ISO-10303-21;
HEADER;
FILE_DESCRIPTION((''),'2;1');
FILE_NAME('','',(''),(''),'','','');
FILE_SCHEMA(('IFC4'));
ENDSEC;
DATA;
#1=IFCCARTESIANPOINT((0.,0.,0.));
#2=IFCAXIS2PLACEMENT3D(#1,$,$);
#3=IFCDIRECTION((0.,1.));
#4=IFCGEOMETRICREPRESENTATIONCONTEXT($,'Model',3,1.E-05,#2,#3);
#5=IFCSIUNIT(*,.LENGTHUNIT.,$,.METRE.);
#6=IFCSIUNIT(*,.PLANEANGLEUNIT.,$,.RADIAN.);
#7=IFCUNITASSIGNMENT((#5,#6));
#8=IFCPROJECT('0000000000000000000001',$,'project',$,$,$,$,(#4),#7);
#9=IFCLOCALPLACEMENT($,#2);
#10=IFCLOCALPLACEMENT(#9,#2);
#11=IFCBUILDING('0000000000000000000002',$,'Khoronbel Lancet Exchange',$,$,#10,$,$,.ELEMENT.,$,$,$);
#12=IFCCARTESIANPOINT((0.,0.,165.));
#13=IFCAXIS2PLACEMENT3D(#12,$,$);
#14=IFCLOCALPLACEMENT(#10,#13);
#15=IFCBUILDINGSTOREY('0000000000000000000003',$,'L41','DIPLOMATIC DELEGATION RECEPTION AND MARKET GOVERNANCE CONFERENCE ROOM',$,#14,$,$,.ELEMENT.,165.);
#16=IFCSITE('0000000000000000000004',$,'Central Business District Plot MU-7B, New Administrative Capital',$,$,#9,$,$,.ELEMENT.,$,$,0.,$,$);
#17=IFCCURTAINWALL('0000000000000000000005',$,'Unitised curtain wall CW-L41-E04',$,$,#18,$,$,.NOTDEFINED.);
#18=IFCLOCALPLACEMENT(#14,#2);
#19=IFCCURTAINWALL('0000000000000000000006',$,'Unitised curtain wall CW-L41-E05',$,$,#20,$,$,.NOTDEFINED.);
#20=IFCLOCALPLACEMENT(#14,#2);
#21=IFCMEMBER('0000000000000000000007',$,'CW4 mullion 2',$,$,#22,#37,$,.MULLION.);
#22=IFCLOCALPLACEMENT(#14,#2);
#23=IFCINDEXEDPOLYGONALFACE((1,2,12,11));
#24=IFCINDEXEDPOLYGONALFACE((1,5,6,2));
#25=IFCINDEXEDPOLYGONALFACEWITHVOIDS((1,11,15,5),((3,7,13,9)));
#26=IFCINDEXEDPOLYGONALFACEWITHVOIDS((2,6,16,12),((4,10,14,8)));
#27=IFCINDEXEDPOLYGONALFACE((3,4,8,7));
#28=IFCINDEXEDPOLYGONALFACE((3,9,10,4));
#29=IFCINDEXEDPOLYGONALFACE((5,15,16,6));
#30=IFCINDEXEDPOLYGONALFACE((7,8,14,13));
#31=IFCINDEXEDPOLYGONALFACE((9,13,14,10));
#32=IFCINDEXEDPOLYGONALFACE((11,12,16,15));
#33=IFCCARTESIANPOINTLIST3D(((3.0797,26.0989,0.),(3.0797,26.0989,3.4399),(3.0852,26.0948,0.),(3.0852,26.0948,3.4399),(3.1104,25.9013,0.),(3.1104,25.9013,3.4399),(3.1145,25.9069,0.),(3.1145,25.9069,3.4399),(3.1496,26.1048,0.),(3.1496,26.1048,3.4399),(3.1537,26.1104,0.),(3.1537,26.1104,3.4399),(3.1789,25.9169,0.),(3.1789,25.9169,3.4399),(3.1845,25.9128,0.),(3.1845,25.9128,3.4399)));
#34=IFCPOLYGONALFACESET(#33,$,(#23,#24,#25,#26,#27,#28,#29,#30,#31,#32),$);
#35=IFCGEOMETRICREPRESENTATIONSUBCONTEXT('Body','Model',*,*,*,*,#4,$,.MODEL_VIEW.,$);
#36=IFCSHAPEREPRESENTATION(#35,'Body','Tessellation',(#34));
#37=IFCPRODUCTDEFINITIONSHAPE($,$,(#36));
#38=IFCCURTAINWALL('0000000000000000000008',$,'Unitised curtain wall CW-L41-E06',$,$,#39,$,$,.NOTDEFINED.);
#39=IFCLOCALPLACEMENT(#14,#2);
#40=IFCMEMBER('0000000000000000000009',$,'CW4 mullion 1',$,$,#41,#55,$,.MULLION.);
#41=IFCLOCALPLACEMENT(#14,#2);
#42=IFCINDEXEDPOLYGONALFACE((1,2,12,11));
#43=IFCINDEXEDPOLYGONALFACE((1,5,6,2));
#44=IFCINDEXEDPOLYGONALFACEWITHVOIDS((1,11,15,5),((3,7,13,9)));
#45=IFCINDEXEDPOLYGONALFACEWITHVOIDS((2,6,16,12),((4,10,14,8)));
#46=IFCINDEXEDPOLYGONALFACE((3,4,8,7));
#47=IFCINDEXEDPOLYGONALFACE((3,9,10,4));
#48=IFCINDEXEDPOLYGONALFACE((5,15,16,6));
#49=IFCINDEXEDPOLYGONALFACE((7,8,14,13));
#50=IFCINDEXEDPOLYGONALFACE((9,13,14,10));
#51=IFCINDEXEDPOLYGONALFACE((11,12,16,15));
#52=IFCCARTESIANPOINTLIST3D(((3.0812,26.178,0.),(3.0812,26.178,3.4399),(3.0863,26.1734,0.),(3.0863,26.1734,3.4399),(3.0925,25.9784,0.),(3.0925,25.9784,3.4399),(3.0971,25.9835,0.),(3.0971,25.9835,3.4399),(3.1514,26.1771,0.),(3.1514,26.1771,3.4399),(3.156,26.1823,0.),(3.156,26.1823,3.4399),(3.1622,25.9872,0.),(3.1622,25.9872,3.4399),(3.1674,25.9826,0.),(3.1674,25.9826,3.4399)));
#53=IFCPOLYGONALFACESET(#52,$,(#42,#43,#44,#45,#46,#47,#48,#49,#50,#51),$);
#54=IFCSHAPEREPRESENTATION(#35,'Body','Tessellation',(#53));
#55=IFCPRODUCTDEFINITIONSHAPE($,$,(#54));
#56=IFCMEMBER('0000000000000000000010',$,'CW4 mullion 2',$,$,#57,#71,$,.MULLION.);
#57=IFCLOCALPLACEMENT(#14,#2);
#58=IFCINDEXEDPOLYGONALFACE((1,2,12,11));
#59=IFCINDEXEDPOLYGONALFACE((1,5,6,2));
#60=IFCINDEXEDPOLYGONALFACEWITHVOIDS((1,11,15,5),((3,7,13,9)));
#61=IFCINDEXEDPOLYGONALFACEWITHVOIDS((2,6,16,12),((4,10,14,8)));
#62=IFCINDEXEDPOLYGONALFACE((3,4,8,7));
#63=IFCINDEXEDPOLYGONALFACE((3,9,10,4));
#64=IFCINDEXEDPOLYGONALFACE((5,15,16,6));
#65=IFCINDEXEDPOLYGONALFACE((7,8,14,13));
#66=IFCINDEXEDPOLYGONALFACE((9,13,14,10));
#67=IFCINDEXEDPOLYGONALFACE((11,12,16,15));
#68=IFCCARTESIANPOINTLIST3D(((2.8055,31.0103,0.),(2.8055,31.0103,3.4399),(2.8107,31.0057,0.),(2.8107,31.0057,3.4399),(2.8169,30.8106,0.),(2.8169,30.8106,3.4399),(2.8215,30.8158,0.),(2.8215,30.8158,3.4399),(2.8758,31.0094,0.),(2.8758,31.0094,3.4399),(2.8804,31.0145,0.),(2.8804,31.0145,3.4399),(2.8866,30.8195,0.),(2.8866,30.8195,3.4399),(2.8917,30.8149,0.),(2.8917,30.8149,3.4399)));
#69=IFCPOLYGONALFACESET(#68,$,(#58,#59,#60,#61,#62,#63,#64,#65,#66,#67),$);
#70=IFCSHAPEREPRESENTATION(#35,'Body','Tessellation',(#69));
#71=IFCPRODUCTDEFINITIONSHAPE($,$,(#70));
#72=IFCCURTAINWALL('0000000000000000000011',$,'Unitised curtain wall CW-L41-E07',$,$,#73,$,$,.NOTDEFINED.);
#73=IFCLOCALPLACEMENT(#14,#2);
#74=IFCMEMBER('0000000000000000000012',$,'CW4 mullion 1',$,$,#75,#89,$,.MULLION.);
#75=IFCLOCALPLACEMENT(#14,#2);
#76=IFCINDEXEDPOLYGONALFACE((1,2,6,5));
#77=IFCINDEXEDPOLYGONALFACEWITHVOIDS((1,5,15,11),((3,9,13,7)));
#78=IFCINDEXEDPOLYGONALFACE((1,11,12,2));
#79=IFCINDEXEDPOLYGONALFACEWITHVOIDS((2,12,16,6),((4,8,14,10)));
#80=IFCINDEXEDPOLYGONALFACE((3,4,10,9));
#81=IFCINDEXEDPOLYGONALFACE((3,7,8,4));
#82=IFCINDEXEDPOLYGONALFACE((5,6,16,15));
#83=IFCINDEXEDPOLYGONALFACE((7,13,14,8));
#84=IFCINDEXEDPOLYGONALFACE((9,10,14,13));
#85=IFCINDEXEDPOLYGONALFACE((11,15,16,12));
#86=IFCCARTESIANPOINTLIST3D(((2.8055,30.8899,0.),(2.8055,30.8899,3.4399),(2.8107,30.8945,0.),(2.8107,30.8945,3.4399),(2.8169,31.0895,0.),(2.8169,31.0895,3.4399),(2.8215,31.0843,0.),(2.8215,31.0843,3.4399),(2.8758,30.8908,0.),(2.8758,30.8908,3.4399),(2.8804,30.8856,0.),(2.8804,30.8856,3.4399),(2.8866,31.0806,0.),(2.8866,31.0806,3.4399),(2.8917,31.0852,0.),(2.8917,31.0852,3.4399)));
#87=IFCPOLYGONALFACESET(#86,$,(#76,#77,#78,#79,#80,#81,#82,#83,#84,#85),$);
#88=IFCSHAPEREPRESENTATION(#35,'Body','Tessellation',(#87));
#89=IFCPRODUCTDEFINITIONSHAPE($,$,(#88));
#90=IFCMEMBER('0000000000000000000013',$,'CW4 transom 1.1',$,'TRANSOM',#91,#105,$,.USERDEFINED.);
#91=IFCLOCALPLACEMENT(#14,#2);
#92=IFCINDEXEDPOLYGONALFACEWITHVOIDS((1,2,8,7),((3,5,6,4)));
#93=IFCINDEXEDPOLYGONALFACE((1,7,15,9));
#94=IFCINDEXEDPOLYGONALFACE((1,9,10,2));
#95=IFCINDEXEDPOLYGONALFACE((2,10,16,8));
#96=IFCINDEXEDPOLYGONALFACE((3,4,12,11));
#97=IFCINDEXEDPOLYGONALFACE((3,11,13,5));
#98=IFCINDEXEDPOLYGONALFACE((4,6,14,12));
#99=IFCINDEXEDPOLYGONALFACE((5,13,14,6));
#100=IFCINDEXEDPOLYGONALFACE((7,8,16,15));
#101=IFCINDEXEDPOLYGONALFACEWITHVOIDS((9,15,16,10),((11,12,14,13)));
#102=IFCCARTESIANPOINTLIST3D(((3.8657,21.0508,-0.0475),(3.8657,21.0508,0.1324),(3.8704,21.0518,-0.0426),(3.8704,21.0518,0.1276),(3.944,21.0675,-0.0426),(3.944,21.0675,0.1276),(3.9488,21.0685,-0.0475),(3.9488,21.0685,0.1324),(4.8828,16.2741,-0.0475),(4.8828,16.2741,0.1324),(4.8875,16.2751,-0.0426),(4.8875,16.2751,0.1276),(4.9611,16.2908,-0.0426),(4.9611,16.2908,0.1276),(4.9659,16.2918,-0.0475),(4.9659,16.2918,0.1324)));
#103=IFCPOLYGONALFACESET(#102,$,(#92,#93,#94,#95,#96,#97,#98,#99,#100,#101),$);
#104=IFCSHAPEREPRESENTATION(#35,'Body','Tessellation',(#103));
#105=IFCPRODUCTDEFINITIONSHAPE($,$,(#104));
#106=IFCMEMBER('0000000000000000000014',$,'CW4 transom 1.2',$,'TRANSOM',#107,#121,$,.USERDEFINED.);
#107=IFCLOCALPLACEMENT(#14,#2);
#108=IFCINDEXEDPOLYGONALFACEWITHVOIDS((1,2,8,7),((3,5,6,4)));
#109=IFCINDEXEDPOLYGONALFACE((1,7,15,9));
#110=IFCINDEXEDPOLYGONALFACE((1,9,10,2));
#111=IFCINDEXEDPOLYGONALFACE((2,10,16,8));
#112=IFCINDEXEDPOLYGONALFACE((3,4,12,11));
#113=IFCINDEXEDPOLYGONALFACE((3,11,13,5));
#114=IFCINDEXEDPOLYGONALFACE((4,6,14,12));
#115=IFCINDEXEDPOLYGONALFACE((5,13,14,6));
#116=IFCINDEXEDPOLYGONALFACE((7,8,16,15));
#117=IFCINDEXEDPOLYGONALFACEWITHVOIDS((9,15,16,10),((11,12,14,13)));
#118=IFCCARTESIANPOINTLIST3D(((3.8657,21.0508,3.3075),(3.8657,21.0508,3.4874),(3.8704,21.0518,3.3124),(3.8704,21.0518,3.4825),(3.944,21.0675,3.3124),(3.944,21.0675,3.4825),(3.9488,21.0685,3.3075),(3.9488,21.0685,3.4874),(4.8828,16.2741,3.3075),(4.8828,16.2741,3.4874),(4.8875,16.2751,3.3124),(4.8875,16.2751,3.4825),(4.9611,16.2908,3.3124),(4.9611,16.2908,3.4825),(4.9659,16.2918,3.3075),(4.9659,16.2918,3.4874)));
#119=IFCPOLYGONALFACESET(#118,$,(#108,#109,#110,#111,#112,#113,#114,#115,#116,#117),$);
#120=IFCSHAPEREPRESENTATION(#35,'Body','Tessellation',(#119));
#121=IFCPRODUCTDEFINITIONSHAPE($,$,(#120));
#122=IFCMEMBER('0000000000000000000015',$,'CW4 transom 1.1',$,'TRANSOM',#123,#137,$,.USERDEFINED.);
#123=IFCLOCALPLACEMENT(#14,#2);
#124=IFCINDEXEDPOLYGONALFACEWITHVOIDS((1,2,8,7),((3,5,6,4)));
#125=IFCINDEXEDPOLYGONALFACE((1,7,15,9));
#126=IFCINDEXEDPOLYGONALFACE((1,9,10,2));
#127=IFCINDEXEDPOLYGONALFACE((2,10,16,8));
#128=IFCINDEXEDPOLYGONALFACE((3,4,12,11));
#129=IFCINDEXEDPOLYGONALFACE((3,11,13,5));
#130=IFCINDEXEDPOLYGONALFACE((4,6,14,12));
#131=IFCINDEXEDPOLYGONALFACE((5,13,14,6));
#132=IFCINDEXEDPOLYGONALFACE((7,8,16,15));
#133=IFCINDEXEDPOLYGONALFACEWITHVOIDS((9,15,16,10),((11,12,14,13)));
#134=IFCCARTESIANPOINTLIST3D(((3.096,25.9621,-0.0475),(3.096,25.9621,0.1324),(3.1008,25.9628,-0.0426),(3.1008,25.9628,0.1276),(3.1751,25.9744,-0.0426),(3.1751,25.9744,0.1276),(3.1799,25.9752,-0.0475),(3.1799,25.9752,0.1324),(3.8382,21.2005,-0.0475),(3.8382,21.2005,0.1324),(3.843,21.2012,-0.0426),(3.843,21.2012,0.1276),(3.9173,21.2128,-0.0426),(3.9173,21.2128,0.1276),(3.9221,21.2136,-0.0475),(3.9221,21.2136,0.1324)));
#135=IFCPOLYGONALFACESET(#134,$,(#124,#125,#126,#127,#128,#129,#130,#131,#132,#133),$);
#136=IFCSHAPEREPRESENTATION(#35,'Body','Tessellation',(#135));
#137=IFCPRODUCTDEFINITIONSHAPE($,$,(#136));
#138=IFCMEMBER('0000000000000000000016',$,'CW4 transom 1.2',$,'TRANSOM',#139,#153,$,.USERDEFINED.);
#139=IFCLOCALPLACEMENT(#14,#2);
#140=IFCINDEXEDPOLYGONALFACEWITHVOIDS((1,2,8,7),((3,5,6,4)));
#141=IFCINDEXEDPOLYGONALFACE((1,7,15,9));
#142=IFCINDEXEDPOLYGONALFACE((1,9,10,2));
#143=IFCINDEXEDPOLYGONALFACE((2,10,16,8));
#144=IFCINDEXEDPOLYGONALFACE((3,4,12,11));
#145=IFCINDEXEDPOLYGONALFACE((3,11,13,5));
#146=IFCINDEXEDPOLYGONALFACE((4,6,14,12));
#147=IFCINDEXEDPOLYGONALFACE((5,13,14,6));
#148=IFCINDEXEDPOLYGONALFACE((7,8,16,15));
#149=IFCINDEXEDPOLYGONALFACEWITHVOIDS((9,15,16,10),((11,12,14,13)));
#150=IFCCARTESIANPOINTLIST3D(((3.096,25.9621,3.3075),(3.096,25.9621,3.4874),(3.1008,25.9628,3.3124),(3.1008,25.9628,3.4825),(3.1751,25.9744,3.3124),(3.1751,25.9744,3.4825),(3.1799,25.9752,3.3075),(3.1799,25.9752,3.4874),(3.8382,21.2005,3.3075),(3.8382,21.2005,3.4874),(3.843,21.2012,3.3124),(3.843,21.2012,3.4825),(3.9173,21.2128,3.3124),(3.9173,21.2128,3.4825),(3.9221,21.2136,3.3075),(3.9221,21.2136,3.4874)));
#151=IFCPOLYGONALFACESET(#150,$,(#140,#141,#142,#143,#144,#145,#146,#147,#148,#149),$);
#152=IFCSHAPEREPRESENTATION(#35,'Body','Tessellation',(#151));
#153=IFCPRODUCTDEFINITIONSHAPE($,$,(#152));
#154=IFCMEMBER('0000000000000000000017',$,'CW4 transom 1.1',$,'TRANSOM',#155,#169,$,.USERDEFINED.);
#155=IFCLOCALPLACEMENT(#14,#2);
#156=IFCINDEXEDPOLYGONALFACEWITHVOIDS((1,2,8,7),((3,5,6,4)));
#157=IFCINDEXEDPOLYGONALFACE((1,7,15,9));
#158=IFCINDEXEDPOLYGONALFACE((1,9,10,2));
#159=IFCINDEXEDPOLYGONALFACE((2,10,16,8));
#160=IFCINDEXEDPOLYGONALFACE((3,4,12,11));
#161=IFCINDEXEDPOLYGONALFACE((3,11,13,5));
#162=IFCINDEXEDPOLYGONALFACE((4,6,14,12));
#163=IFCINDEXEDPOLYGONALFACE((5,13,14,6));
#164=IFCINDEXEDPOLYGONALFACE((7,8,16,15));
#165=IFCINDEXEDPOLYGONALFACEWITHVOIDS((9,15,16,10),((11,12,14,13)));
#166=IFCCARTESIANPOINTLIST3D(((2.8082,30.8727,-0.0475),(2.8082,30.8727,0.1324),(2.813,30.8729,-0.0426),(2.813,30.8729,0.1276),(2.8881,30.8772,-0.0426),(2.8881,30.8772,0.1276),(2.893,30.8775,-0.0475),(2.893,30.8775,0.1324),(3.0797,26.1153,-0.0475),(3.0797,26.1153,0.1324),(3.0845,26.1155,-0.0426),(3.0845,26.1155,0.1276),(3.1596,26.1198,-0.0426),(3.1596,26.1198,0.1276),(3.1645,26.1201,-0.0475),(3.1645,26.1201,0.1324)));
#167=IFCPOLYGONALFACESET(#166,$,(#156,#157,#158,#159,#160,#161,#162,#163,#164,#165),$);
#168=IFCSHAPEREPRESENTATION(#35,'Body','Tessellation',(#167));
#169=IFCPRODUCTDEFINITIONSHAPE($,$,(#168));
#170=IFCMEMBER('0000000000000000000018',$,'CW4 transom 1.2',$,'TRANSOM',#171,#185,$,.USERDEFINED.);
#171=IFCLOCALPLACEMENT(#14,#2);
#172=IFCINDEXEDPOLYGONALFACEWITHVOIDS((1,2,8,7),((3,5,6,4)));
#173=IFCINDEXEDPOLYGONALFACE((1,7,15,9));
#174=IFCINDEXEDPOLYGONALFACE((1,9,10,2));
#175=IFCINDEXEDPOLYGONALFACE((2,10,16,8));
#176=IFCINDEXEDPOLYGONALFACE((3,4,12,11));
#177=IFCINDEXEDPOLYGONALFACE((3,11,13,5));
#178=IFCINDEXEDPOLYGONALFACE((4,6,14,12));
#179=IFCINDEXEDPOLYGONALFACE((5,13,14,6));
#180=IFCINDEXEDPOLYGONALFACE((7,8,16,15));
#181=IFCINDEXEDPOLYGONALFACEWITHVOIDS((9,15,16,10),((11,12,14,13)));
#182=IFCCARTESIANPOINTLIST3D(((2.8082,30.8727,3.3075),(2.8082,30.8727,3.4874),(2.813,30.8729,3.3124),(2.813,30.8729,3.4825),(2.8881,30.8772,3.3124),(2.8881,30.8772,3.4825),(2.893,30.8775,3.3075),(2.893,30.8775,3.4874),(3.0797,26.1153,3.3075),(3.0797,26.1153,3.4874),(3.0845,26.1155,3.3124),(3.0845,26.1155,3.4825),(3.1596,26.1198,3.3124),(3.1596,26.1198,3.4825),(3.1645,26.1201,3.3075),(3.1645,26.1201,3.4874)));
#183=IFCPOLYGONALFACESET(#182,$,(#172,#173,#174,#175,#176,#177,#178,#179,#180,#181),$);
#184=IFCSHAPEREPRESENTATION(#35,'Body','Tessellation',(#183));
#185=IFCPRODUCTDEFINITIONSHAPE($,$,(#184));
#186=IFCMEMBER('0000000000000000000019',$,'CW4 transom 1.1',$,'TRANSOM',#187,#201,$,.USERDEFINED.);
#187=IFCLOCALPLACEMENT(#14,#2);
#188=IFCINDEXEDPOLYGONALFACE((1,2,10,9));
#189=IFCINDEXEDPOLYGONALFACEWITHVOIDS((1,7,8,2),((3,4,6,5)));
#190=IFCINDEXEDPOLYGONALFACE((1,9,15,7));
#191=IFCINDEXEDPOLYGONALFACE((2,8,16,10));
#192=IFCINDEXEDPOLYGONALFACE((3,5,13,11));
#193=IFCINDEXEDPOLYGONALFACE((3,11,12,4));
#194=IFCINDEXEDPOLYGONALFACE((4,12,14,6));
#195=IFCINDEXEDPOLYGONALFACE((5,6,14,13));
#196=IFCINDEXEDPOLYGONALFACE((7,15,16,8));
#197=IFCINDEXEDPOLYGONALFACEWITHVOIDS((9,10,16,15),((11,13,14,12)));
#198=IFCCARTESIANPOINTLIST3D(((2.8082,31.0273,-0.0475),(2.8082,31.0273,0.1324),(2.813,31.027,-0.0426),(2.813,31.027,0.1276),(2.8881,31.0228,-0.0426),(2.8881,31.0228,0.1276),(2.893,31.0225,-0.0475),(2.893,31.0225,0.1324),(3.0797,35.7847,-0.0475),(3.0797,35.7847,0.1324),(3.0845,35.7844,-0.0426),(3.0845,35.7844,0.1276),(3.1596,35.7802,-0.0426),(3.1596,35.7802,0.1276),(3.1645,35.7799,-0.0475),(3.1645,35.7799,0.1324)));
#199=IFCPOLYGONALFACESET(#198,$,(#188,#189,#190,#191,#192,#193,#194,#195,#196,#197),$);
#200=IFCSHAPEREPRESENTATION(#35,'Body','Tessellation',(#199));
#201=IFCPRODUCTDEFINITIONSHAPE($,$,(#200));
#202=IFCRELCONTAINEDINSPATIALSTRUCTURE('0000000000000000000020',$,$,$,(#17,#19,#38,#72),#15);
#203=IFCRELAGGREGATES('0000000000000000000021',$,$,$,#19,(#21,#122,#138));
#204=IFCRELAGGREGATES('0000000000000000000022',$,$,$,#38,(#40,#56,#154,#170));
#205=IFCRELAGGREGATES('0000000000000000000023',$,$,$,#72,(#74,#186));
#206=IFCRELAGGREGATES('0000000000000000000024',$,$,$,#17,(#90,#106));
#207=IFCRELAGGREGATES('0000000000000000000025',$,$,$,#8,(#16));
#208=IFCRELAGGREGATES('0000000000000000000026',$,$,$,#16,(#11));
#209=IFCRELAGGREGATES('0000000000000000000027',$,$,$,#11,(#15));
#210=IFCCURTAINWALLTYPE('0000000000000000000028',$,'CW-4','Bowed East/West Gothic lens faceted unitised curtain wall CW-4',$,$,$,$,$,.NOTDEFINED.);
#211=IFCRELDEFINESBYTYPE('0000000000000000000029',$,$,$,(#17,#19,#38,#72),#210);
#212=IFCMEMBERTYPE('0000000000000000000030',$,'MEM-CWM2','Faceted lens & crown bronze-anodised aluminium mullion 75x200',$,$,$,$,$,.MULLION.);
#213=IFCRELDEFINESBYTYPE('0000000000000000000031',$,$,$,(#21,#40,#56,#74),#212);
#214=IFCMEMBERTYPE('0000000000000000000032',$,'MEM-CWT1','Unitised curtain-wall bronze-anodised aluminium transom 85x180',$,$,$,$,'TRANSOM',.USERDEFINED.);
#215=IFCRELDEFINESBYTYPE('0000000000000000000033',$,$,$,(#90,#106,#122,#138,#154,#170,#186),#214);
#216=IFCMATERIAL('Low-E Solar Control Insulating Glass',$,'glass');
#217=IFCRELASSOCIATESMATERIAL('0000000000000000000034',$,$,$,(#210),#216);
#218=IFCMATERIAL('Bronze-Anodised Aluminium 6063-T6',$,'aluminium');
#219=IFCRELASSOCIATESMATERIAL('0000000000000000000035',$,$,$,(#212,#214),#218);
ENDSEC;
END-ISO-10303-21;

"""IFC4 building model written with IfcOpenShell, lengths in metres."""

from ifc_helpers import new_model, si_unit, direction, frame, origin, origin_2d, place, context, subcontext, project, spatial, hollow_rectangle, extrude, material, material_profile, profile_set, type_object, element, aggregate, save


model = new_model("IFC4")

# Units and contexts
model_context = context("Model", 3, precision=1e-05, world=origin(), true_north=direction((0.0, 1.0)))
body_context = subcontext(model_context, "Body", "Model", "MODEL_VIEW")
ifc_project = project(units=[si_unit("LENGTHUNIT", "METRE"), si_unit("PLANEANGLEUNIT", "RADIAN")], contexts=[model_context])

# Site, building, storey
site_placement = place(None, origin())
site = spatial("IfcSite", under=ifc_project, at=site_placement, Name="Central Business District Plot MU-7B, New Administrative Capital", CompositionType="ELEMENT", RefElevation=0.0)
building_placement = place(site_placement, origin())
building = spatial("IfcBuilding", under=site, at=building_placement, Name="Khoronbel Lancet Exchange", CompositionType="ELEMENT")
storey_placement = place(building_placement, frame((0.0, 0.0, 165.0)))
storey = spatial("IfcBuildingStorey", under=building, at=storey_placement, Name="L41", Description="DIPLOMATIC DELEGATION RECEPTION AND MARKET GOVERNANCE CONFERENCE ROOM", CompositionType="ELEMENT", Elevation=165.0)

# Curtain walls, members
ifc_material_1 = material(Name="Low-E Solar Control Insulating Glass", Category="glass")
curtain_wall_type = type_object("IfcCurtainWallType", Name="CW-4", Description="Bowed East/West Gothic lens faceted unitised curtain wall CW-4", PredefinedType="NOTDEFINED", material=ifc_material_1)
curtain_wall_1_placement = place(storey_placement, origin())
curtain_wall_1 = element("IfcCurtainWall", 1, at=curtain_wall_1_placement, inside=storey, type_object=curtain_wall_type, Name="Unitised curtain wall CW-L41-E04", PredefinedType="NOTDEFINED")
ifc_material_2 = material(Name="Bronze-Anodised Aluminium 6063-T6", Category="aluminium")
ifc_material_profile_1 = material_profile(ifc_material_2, hollow_rectangle(XDim=0.075, YDim=0.2, WallThickness=0.0049, at=origin_2d()), Name="ALU MULLION 75x200")
ifc_profile_set_1 = profile_set([ifc_material_profile_1], Name="Bronze-Anodised Aluminium 6063-T6")
member_type_1 = type_object("IfcMemberType", Name="MEM-CWM2", Description="Faceted lens & crown bronze-anodised aluminium mullion 75x200", PredefinedType="MULLION", material=ifc_profile_set_1)
curtain_wall_2_placement = place(storey_placement, origin())
curtain_wall_2 = element("IfcCurtainWall", 2, at=curtain_wall_2_placement, inside=storey, type_object=curtain_wall_type, Name="Unitised curtain wall CW-L41-E05", PredefinedType="NOTDEFINED")
member_1_placement = place(storey_placement, frame((3.1321, 26.0059, 0.0), z_axis=(0.0, 0.0, 1.0), x_axis=(-0.988069, -0.154012, 0.0)))
member_1 = element("IfcMember", 3, at=member_1_placement, type_object=member_type_1, Name="CW4 mullion 2", PredefinedType="MULLION", context=body_context, shape_type="SweptSolid", body=[
    extrude(hollow_rectangle(XDim=0.075, YDim=0.2, WallThickness=0.0049, at=origin_2d()), origin(), (0.0, 0.0, 1.0), 3.4399),
])
curtain_wall_3_placement = place(storey_placement, origin())
curtain_wall_3 = element("IfcCurtainWall", 4, at=curtain_wall_3_placement, inside=storey, type_object=curtain_wall_type, Name="Unitised curtain wall CW-L41-E06", PredefinedType="NOTDEFINED")
member_2_placement = place(storey_placement, frame((3.1243, 26.0803, 0.0), z_axis=(0.0, 0.0, 1.0), x_axis=(-0.998376, -0.056966, 0.0)))
member_2 = element("IfcMember", 5, at=member_2_placement, type_object=member_type_1, Name="CW4 mullion 1", PredefinedType="MULLION", context=body_context, shape_type="SweptSolid", body=[
    extrude(hollow_rectangle(XDim=0.075, YDim=0.2, WallThickness=0.0049, at=origin_2d()), origin(), (0.0, 0.0, 1.0), 3.4399),
])
member_3_placement = place(storey_placement, frame((2.8486, 30.9126, 0.0), z_axis=(0.0, 0.0, 1.0), x_axis=(-0.998376, -0.056966, 0.0)))
member_3 = element("IfcMember", 6, at=member_3_placement, type_object=member_type_1, Name="CW4 mullion 2", PredefinedType="MULLION", context=body_context, shape_type="SweptSolid", body=[
    extrude(hollow_rectangle(XDim=0.075, YDim=0.2, WallThickness=0.0049, at=origin_2d()), origin(), (0.0, 0.0, 1.0), 3.4399),
])

# Curtain wall, member
curtain_wall_4_placement = place(storey_placement, origin())
curtain_wall_4 = element("IfcCurtainWall", 7, at=curtain_wall_4_placement, inside=storey, type_object=curtain_wall_type, Name="Unitised curtain wall CW-L41-E07", PredefinedType="NOTDEFINED")
member_4_placement = place(storey_placement, frame((2.8486, 30.9875, 0.0), z_axis=(0.0, 0.0, 1.0), x_axis=(-0.998376, 0.056966, 0.0)))
member_4 = element("IfcMember", 8, at=member_4_placement, type_object=member_type_1, Name="CW4 mullion 1", PredefinedType="MULLION", context=body_context, shape_type="SweptSolid", body=[
    extrude(hollow_rectangle(XDim=0.075, YDim=0.2, WallThickness=0.0049, at=origin_2d()), origin(), (0.0, 0.0, 1.0), 3.4399),
])

# Members
ifc_material_profile_2 = material_profile(ifc_material_2, hollow_rectangle(XDim=0.085, YDim=0.1799, WallThickness=0.0049, at=origin_2d()), Name="ALU TRANSOM 85x180")
ifc_profile_set_2 = profile_set([ifc_material_profile_2], Name="Bronze-Anodised Aluminium 6063-T6")
member_type_2 = type_object("IfcMemberType", Name="MEM-CWT1", Description="Unitised curtain-wall bronze-anodised aluminium transom 85x180", ElementType="TRANSOM", PredefinedType="USERDEFINED", material=ifc_profile_set_2)
member_5_placement = place(storey_placement, frame((4.9243, 16.283, 0.0425), z_axis=(-0.208262, 0.978073, 0.0), x_axis=(-0.978073, -0.208262, 0.0)))
member_5 = element("IfcMember", 9, at=member_5_placement, type_object=member_type_2, Name="CW4 transom 1.1", ObjectType="TRANSOM", PredefinedType="USERDEFINED", context=body_context, shape_type="SweptSolid", body=[
    extrude(hollow_rectangle(XDim=0.085, YDim=0.1799, WallThickness=0.0049, at=origin_2d()), origin(), (0.0, 0.0, 1.0), 4.8838),
])
member_6_placement = place(storey_placement, frame((4.9243, 16.283, 3.3975), z_axis=(-0.208262, 0.978073, 0.0), x_axis=(-0.978073, -0.208262, 0.0)))
member_6 = element("IfcMember", 10, at=member_6_placement, type_object=member_type_2, Name="CW4 transom 1.2", ObjectType="TRANSOM", PredefinedType="USERDEFINED", context=body_context, shape_type="SweptSolid", body=[
    extrude(hollow_rectangle(XDim=0.085, YDim=0.1799, WallThickness=0.0049, at=origin_2d()), origin(), (0.0, 0.0, 1.0), 4.8838),
])
member_7_placement = place(storey_placement, frame((3.8801, 21.207, 0.0425), z_axis=(-0.154006, 0.98807, 0.0), x_axis=(-0.98807, -0.154006, 0.0)))
member_7 = element("IfcMember", 11, at=member_7_placement, type_object=member_type_2, Name="CW4 transom 1.1", ObjectType="TRANSOM", PredefinedType="USERDEFINED", context=body_context, shape_type="SweptSolid", body=[
    extrude(hollow_rectangle(XDim=0.085, YDim=0.1799, WallThickness=0.0049, at=origin_2d()), origin(), (0.0, 0.0, 1.0), 4.8191),
])
member_8_placement = place(storey_placement, frame((3.8801, 21.207, 3.3975), z_axis=(-0.154006, 0.98807, 0.0), x_axis=(-0.98807, -0.154006, 0.0)))
member_8 = element("IfcMember", 12, at=member_8_placement, type_object=member_type_2, Name="CW4 transom 1.2", ObjectType="TRANSOM", PredefinedType="USERDEFINED", context=body_context, shape_type="SweptSolid", body=[
    extrude(hollow_rectangle(XDim=0.085, YDim=0.1799, WallThickness=0.0049, at=origin_2d()), origin(), (0.0, 0.0, 1.0), 4.8191),
])
member_9_placement = place(storey_placement, frame((3.1221, 26.1177, 0.0425), z_axis=(-0.056974, 0.998376, 0.0), x_axis=(-0.998376, -0.056974, 0.0)))
member_9 = element("IfcMember", 13, at=member_9_placement, type_object=member_type_2, Name="CW4 transom 1.1", ObjectType="TRANSOM", PredefinedType="USERDEFINED", context=body_context, shape_type="SweptSolid", body=[
    extrude(hollow_rectangle(XDim=0.085, YDim=0.1799, WallThickness=0.0049, at=origin_2d()), origin(), (0.0, 0.0, 1.0), 4.7651),
])
member_10_placement = place(storey_placement, frame((3.1221, 26.1177, 3.3975), z_axis=(-0.056974, 0.998376, 0.0), x_axis=(-0.998376, -0.056974, 0.0)))
member_10 = element("IfcMember", 14, at=member_10_placement, type_object=member_type_2, Name="CW4 transom 1.2", ObjectType="TRANSOM", PredefinedType="USERDEFINED", context=body_context, shape_type="SweptSolid", body=[
    extrude(hollow_rectangle(XDim=0.085, YDim=0.1799, WallThickness=0.0049, at=origin_2d()), origin(), (0.0, 0.0, 1.0), 4.7651),
])
member_11_placement = place(storey_placement, frame((2.8506, 31.0249, 0.0425), z_axis=(0.056974, 0.998376, 0.0), x_axis=(-0.998376, 0.056974, 0.0)))
member_11 = element("IfcMember", 15, at=member_11_placement, type_object=member_type_2, Name="CW4 transom 1.1", ObjectType="TRANSOM", PredefinedType="USERDEFINED", context=body_context, shape_type="SweptSolid", body=[
    extrude(hollow_rectangle(XDim=0.085, YDim=0.1799, WallThickness=0.0049, at=origin_2d()), origin(), (0.0, 0.0, 1.0), 4.7651),
])

aggregate(curtain_wall_2, [member_1, member_7, member_8])
aggregate(curtain_wall_3, [member_2, member_3, member_9, member_10])
aggregate(curtain_wall_4, [member_4, member_11])
aggregate(curtain_wall_1, [member_5, member_6])

save(model, "model.ifc")
